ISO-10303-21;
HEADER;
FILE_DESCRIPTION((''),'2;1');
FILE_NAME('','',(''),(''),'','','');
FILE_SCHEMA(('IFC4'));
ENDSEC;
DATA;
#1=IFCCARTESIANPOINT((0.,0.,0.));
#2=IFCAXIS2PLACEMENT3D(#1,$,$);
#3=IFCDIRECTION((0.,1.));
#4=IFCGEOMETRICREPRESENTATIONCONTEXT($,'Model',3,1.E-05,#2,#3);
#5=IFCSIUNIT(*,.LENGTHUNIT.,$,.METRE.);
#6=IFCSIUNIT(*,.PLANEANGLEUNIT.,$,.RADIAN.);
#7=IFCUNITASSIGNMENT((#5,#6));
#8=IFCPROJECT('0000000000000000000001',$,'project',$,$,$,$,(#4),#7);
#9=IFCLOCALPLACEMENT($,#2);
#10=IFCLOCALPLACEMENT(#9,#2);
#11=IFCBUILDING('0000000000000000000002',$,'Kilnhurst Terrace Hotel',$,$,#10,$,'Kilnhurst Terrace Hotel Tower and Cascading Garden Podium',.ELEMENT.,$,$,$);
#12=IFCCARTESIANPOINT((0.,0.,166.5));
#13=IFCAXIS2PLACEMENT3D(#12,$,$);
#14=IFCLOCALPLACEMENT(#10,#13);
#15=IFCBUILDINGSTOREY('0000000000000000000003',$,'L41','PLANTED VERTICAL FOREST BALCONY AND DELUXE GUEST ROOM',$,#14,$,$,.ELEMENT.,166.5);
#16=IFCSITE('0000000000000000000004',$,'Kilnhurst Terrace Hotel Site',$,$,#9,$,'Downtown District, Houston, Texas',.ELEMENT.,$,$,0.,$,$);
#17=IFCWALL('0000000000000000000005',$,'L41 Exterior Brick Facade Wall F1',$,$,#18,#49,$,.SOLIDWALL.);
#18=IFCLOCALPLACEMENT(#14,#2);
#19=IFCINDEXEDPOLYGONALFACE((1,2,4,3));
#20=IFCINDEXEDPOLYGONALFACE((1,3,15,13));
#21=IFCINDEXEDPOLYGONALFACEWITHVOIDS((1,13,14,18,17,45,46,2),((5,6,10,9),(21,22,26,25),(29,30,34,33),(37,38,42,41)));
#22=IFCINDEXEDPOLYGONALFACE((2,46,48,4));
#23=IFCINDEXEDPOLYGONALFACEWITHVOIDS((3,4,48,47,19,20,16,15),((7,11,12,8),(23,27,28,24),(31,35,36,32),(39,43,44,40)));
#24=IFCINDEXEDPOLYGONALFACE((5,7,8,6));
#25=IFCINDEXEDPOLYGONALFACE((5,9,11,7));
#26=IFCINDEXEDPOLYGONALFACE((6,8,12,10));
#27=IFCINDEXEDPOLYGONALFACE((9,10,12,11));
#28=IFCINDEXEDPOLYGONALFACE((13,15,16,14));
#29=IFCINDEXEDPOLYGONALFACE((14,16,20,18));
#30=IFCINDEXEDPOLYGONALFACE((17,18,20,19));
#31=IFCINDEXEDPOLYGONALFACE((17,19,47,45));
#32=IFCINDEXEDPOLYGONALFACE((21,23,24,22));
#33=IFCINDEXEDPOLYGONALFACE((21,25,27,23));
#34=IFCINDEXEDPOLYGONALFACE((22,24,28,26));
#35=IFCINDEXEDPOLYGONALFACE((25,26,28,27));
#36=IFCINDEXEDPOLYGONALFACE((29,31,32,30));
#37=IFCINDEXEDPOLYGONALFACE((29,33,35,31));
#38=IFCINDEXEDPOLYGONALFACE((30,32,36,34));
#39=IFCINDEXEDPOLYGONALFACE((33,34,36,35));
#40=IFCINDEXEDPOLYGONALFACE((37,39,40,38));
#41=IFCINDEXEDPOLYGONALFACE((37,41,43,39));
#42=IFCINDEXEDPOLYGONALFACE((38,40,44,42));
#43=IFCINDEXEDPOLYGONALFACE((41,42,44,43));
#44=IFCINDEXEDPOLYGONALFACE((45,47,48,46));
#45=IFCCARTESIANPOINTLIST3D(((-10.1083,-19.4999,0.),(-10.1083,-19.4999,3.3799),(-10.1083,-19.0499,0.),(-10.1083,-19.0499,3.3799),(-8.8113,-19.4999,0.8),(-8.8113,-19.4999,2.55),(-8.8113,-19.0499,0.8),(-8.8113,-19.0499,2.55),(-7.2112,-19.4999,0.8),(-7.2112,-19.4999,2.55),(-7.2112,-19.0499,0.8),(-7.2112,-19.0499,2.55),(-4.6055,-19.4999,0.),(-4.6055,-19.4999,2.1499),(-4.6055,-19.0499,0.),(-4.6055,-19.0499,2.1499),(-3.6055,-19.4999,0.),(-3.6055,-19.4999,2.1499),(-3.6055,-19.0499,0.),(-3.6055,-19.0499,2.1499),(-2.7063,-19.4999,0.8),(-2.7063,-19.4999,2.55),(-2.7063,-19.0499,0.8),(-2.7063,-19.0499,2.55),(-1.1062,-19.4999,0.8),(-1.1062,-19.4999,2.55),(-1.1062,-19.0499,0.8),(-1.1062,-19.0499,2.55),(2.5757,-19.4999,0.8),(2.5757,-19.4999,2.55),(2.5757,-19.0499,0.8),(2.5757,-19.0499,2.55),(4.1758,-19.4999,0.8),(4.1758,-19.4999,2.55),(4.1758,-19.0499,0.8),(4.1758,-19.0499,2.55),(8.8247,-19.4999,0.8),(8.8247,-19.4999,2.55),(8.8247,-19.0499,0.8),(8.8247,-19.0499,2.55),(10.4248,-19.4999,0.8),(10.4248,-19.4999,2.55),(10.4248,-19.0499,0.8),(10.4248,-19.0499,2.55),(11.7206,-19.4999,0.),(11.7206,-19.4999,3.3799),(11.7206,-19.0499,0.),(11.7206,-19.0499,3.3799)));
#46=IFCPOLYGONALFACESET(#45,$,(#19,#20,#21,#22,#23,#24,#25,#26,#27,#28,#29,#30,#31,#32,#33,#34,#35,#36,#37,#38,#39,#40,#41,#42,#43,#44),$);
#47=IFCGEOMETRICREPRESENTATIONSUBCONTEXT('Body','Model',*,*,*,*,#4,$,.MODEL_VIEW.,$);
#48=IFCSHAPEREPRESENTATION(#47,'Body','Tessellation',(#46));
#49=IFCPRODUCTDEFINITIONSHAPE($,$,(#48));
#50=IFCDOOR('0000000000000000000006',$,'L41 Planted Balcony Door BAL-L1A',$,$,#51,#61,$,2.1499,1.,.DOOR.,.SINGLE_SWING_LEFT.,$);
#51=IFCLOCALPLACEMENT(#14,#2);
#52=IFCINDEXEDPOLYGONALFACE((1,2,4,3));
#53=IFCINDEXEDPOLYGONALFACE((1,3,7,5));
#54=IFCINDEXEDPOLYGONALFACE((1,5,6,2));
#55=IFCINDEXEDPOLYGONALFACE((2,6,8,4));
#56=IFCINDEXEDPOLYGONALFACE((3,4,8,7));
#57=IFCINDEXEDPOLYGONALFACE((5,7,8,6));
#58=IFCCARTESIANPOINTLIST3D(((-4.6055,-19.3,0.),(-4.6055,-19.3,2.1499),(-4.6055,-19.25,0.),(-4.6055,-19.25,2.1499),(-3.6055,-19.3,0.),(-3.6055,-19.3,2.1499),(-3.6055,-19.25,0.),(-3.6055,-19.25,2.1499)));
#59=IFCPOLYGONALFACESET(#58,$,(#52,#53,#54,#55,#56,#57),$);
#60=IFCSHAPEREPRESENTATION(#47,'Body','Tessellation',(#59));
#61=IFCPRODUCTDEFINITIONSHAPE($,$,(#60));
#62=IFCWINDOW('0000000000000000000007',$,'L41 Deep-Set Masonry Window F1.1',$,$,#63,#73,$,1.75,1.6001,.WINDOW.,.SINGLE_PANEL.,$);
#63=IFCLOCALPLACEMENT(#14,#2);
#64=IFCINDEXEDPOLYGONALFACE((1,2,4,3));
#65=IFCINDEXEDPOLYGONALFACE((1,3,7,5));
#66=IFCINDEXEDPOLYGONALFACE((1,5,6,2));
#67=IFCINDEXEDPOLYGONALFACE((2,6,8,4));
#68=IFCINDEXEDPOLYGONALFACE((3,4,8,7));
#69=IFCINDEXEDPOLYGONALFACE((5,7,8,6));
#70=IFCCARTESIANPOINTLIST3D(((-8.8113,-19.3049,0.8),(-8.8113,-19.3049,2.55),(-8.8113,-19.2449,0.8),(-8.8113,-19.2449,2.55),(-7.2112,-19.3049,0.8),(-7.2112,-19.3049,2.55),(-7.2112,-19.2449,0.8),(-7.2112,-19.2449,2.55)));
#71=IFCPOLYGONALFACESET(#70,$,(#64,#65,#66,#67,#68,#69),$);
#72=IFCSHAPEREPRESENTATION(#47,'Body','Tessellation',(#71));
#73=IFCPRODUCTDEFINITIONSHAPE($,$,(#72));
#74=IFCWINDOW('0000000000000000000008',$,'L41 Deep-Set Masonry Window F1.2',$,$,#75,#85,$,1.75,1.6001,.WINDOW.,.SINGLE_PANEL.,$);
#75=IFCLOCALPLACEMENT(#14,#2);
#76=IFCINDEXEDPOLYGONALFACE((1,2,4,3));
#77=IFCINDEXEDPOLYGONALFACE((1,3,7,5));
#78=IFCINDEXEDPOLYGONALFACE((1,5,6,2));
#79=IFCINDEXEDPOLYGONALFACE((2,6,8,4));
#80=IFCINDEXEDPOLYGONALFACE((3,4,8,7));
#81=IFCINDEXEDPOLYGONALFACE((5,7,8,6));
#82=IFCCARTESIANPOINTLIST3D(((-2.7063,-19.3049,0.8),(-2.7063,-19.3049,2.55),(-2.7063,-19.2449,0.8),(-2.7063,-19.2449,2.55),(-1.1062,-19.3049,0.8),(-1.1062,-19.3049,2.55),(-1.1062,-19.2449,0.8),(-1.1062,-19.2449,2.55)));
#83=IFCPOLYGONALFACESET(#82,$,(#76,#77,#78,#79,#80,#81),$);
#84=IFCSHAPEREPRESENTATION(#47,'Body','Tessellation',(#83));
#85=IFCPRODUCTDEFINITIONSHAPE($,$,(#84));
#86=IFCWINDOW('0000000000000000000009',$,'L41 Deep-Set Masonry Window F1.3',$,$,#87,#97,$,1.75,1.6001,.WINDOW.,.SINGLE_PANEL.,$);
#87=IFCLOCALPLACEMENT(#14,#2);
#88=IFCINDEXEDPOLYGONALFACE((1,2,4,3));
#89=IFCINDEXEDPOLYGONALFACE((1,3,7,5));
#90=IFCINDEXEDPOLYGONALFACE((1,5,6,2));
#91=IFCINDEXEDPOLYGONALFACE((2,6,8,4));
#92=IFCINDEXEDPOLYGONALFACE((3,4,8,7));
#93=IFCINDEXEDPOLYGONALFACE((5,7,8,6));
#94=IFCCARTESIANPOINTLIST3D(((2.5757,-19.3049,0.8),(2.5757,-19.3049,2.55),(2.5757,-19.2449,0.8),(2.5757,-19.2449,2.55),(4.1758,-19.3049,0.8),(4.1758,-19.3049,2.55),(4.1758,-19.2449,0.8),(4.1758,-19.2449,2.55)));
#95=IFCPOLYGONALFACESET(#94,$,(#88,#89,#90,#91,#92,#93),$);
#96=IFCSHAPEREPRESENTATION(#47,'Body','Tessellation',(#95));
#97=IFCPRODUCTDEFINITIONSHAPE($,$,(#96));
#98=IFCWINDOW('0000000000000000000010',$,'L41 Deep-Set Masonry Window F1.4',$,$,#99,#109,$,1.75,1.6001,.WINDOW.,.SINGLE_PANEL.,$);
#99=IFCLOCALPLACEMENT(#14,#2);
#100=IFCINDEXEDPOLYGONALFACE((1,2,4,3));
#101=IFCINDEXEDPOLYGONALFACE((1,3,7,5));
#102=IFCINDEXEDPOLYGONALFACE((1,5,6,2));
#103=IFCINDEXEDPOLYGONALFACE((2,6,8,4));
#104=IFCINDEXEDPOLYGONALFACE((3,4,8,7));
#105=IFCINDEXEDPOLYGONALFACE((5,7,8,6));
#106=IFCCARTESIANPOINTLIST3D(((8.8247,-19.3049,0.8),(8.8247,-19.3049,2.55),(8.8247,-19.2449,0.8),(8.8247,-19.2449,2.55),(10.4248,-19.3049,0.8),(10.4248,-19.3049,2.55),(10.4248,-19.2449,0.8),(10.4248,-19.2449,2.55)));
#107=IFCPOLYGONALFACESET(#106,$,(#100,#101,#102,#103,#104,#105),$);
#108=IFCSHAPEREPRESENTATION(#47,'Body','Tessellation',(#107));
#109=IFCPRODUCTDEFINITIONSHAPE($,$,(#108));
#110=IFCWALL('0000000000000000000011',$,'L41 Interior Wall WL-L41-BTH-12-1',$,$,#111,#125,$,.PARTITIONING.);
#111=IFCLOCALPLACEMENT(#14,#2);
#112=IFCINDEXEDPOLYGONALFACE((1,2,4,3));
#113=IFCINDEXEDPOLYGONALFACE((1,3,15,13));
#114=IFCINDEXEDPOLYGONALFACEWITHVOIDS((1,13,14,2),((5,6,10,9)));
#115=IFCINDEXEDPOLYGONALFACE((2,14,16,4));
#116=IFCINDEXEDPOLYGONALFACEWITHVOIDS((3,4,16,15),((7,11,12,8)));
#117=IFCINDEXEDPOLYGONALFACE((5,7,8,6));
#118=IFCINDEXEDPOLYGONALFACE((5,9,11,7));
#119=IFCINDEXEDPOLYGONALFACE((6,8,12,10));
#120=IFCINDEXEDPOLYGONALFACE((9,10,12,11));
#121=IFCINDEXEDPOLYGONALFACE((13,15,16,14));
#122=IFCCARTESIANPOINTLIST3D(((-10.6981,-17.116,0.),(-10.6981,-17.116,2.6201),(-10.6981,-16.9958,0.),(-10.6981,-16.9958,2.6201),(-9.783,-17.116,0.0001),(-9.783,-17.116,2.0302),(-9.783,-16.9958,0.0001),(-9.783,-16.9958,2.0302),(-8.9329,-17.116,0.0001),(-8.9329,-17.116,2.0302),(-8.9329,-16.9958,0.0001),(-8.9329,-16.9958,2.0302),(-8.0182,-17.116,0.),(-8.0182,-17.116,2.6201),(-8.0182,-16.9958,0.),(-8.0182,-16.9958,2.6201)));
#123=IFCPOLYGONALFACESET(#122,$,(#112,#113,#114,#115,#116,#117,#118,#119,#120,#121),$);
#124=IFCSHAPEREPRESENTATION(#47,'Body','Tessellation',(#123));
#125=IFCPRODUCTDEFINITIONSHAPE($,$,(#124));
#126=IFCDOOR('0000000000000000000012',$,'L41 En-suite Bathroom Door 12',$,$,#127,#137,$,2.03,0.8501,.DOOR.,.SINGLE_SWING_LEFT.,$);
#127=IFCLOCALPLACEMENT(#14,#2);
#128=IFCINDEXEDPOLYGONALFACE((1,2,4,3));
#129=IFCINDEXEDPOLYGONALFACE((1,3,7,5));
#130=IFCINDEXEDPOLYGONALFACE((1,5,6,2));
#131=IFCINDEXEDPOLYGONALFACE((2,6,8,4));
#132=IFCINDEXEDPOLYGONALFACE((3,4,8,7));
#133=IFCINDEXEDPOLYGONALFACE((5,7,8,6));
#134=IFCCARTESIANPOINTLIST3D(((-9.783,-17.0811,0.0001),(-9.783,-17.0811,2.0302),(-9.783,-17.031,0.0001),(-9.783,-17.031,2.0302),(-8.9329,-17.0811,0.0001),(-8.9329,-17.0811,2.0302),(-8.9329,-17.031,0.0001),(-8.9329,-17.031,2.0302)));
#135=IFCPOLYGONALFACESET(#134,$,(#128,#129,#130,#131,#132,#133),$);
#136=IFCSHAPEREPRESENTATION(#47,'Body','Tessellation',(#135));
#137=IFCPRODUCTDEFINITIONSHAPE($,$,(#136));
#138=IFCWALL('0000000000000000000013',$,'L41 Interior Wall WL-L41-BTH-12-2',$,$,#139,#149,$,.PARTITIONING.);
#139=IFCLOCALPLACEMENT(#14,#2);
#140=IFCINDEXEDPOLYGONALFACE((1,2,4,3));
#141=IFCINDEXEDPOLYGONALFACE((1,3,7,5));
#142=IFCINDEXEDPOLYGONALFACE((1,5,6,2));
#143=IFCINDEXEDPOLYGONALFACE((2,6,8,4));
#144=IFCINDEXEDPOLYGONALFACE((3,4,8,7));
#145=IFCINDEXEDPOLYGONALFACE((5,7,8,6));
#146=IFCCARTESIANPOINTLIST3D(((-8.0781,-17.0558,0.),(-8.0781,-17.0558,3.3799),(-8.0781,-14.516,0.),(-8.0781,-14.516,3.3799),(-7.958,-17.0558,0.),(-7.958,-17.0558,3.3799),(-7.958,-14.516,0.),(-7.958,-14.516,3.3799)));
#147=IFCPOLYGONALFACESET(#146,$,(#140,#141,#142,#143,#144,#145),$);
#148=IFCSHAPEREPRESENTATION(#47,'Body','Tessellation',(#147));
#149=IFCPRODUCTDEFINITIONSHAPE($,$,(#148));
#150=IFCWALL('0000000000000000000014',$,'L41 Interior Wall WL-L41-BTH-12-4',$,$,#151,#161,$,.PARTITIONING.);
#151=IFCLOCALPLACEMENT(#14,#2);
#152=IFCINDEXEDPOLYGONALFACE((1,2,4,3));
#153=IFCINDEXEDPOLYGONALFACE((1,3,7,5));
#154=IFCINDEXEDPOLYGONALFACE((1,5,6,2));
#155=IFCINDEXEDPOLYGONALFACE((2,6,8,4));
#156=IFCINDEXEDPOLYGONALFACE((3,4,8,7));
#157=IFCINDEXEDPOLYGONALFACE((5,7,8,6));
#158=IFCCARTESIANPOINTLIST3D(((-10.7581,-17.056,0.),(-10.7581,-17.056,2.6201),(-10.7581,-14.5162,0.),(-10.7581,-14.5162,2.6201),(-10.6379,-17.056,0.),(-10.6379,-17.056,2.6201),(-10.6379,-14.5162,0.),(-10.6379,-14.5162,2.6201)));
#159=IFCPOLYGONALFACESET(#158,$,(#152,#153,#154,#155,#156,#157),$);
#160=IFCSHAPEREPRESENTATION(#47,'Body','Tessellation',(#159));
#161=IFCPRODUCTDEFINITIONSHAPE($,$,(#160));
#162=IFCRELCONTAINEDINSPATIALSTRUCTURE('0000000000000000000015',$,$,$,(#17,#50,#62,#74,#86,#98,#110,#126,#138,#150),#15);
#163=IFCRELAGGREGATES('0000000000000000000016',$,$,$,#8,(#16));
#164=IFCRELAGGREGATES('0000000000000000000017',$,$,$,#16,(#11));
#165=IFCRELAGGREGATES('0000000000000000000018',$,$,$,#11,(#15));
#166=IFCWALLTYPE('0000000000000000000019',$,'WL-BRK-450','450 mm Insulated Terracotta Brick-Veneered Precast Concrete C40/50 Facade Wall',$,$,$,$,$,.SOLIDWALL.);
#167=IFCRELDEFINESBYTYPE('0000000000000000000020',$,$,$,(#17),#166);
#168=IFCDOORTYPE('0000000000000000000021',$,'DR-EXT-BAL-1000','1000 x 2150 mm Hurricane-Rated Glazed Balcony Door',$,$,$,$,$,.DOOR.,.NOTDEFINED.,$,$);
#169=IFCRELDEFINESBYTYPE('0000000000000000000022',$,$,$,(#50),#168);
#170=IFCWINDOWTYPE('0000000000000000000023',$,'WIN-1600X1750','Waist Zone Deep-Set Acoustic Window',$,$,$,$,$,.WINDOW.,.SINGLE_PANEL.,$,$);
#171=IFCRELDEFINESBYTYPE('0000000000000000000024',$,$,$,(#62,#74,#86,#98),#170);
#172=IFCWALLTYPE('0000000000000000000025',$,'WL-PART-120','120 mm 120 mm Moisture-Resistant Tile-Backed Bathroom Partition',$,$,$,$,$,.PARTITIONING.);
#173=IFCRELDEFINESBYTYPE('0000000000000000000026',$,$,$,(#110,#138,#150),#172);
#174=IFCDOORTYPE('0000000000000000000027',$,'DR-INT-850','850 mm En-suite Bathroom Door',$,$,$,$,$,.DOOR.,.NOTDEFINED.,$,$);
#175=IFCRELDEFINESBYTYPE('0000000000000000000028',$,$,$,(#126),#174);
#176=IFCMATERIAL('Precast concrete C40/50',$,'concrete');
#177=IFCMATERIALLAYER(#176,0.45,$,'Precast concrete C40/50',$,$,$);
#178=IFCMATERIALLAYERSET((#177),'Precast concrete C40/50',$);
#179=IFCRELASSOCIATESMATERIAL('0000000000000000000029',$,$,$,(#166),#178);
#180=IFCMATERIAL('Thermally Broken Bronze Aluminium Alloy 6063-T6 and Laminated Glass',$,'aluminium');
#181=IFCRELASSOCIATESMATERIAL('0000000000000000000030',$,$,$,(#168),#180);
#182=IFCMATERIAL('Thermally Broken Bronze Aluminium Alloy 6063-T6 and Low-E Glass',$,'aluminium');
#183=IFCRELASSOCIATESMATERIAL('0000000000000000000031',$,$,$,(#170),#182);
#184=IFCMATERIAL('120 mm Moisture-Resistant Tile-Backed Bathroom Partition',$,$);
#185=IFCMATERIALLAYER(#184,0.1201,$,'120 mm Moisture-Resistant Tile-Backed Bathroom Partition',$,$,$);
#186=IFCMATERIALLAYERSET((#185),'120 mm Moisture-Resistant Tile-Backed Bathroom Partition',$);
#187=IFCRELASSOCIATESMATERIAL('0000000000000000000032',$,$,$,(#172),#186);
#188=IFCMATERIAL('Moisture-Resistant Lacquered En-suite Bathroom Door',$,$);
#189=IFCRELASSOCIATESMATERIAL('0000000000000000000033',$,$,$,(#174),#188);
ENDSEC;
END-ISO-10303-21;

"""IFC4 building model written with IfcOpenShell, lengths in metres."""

from ifc_helpers import new_model, si_unit, direction, frame, frame_2d, origin, place, context, subcontext, project, spatial, rectangle, extrude, material, layer, layer_set, type_object, element, fill, save


model = new_model("IFC4")

# Units and contexts
model_context = context("Model", 3, precision=1e-05, world=origin(), true_north=direction((0.0, 1.0)))
body_context = subcontext(model_context, "Body", "Model", "MODEL_VIEW")
ifc_project = project(units=[si_unit("LENGTHUNIT", "METRE"), si_unit("PLANEANGLEUNIT", "RADIAN")], contexts=[model_context])

# Site, building, storey
site_placement = place(None, origin())
site = spatial("IfcSite", under=ifc_project, at=site_placement, Name="Kilnhurst Terrace Hotel Site", LongName="Downtown District, Houston, Texas", CompositionType="ELEMENT", RefElevation=0.0)
building_placement = place(site_placement, origin())
building = spatial("IfcBuilding", under=site, at=building_placement, Name="Kilnhurst Terrace Hotel", LongName="Kilnhurst Terrace Hotel Tower and Cascading Garden Podium", CompositionType="ELEMENT")
storey_placement = place(building_placement, frame((0.0, 0.0, 166.5)))
storey = spatial("IfcBuildingStorey", under=building, at=storey_placement, Name="L41", Description="PLANTED VERTICAL FOREST BALCONY AND DELUXE GUEST ROOM", CompositionType="ELEMENT", Elevation=166.5)

# Shared definitions
ifc_material_1 = material(Name="Precast concrete C40/50", Category="concrete")
ifc_layer_1 = layer(ifc_material_1, 0.45, Name="Precast concrete C40/50")
ifc_layer_set_1 = layer_set([ifc_layer_1], Name="Precast concrete C40/50")
wall_type_1 = type_object("IfcWallType", Name="WL-BRK-450", Description="450 mm Insulated Terracotta Brick-Veneered Precast Concrete C40/50 Facade Wall", PredefinedType="SOLIDWALL", material=ifc_layer_set_1)

# Wall, openings, door, windows
wall_1_placement = place(storey_placement, frame((-10.1084, -19.2749, 0.0), z_axis=(0.0, 0.0, 1.0), x_axis=(1.0, 0.0, 0.0)))
wall_1 = element("IfcWall", 1, at=wall_1_placement, inside=storey, type_object=wall_type_1, Name="L41 Exterior Brick Facade Wall F1", PredefinedType="SOLIDWALL", context=body_context, shape_type="SweptSolid", body=[
    extrude(rectangle(XDim=21.8289, YDim=0.45, at=frame_2d((10.9146, 0.0))), origin(), (0.0, 0.0, 1.0), 3.3799),
])
opening_1_placement = place(wall_1_placement, frame((5.5029, 0.0, 0.0)))
opening_1 = element("IfcOpeningElement", 2, at=opening_1_placement, cuts=wall_1, PredefinedType="OPENING", context=body_context, shape_type="SweptSolid", body=[
    extrude(rectangle(XDim=1.0, YDim=2.1499, at=frame_2d((0.5, 1.075))), frame((0.0, 0.2349, 0.0), z_axis=(0.0, -1.0, 0.0), x_axis=(1.0, 0.0, 0.0)), (0.0, 0.0, 1.0), 0.47),
])
opening_2_placement = place(wall_1_placement, frame((1.2971, 0.0, 0.8)))
opening_2 = element("IfcOpeningElement", 3, at=opening_2_placement, cuts=wall_1, PredefinedType="OPENING", context=body_context, shape_type="SweptSolid", body=[
    extrude(rectangle(XDim=1.6001, YDim=1.75, at=frame_2d((0.8, 0.875))), frame((0.0, 0.2349, 0.0), z_axis=(0.0, -1.0, 0.0), x_axis=(1.0, 0.0, 0.0)), (0.0, 0.0, 1.0), 0.47),
])
opening_3_placement = place(wall_1_placement, frame((7.4021, 0.0, 0.8)))
opening_3 = element("IfcOpeningElement", 4, at=opening_3_placement, cuts=wall_1, PredefinedType="OPENING", context=body_context, shape_type="SweptSolid", body=[
    extrude(rectangle(XDim=1.6001, YDim=1.75, at=frame_2d((0.8, 0.875))), frame((0.0, 0.2349, 0.0), z_axis=(0.0, -1.0, 0.0), x_axis=(1.0, 0.0, 0.0)), (0.0, 0.0, 1.0), 0.47),
])
opening_4_placement = place(wall_1_placement, frame((12.6841, 0.0, 0.8)))
opening_4 = element("IfcOpeningElement", 5, at=opening_4_placement, cuts=wall_1, PredefinedType="OPENING", context=body_context, shape_type="SweptSolid", body=[
    extrude(rectangle(XDim=1.6001, YDim=1.75, at=frame_2d((0.8, 0.875))), frame((0.0, 0.2349, 0.0), z_axis=(0.0, -1.0, 0.0), x_axis=(1.0, 0.0, 0.0)), (0.0, 0.0, 1.0), 0.47),
])
opening_5_placement = place(wall_1_placement, frame((18.9331, 0.0, 0.8)))
opening_5 = element("IfcOpeningElement", 6, at=opening_5_placement, cuts=wall_1, PredefinedType="OPENING", context=body_context, shape_type="SweptSolid", body=[
    extrude(rectangle(XDim=1.6001, YDim=1.75, at=frame_2d((0.8, 0.875))), frame((0.0, 0.2349, 0.0), z_axis=(0.0, -1.0, 0.0), x_axis=(1.0, 0.0, 0.0)), (0.0, 0.0, 1.0), 0.47),
])
ifc_material_2 = material(Name="Thermally Broken Bronze Aluminium Alloy 6063-T6 and Laminated Glass", Category="aluminium")
door_type_1 = type_object("IfcDoorType", Name="DR-EXT-BAL-1000", Description="1000 x 2150 mm Hurricane-Rated Glazed Balcony Door", OperationType="NOTDEFINED", PredefinedType="DOOR", material=ifc_material_2)
door_1_placement = place(opening_1_placement, origin())
door_1 = element("IfcDoor", 7, at=door_1_placement, inside=storey, type_object=door_type_1, Name="L41 Planted Balcony Door BAL-L1A", OperationType="SINGLE_SWING_LEFT", OverallHeight=2.1499, OverallWidth=1.0, PredefinedType="DOOR", context=body_context, shape_type="SweptSolid", body=[
    extrude(rectangle(XDim=1.0, YDim=2.1499, at=frame_2d((0.5, 1.075))), frame((0.0, 0.0249, 0.0), z_axis=(0.0, -1.0, 0.0), x_axis=(1.0, 0.0, 0.0)), (0.0, 0.0, 1.0), 0.05),
])
fill(opening_1, door_1)
ifc_material_3 = material(Name="Thermally Broken Bronze Aluminium Alloy 6063-T6 and Low-E Glass", Category="aluminium")
window_type = type_object("IfcWindowType", Name="WIN-1600X1750", Description="Waist Zone Deep-Set Acoustic Window", PartitioningType="SINGLE_PANEL", PredefinedType="WINDOW", material=ifc_material_3)
window_1_placement = place(opening_2_placement, origin())
window_1 = element("IfcWindow", 8, at=window_1_placement, inside=storey, type_object=window_type, Name="L41 Deep-Set Masonry Window F1.1", OverallHeight=1.75, OverallWidth=1.6001, PartitioningType="SINGLE_PANEL", PredefinedType="WINDOW", context=body_context, shape_type="SweptSolid", body=[
    extrude(rectangle(XDim=1.6001, YDim=1.75, at=frame_2d((0.8, 0.875))), frame((0.0, 0.03, 0.0), z_axis=(0.0, -1.0, 0.0), x_axis=(1.0, 0.0, 0.0)), (0.0, 0.0, 1.0), 0.0601),
])
fill(opening_2, window_1)
window_2_placement = place(opening_3_placement, origin())
window_2 = element("IfcWindow", 9, at=window_2_placement, inside=storey, type_object=window_type, Name="L41 Deep-Set Masonry Window F1.2", OverallHeight=1.75, OverallWidth=1.6001, PartitioningType="SINGLE_PANEL", PredefinedType="WINDOW", context=body_context, shape_type="SweptSolid", body=[
    extrude(rectangle(XDim=1.6001, YDim=1.75, at=frame_2d((0.8, 0.875))), frame((0.0, 0.03, 0.0), z_axis=(0.0, -1.0, 0.0), x_axis=(1.0, 0.0, 0.0)), (0.0, 0.0, 1.0), 0.0601),
])
fill(opening_3, window_2)
window_3_placement = place(opening_4_placement, origin())
window_3 = element("IfcWindow", 10, at=window_3_placement, inside=storey, type_object=window_type, Name="L41 Deep-Set Masonry Window F1.3", OverallHeight=1.75, OverallWidth=1.6001, PartitioningType="SINGLE_PANEL", PredefinedType="WINDOW", context=body_context, shape_type="SweptSolid", body=[
    extrude(rectangle(XDim=1.6001, YDim=1.75, at=frame_2d((0.8, 0.875))), frame((0.0, 0.03, 0.0), z_axis=(0.0, -1.0, 0.0), x_axis=(1.0, 0.0, 0.0)), (0.0, 0.0, 1.0), 0.0601),
])
fill(opening_4, window_3)
window_4_placement = place(opening_5_placement, origin())
window_4 = element("IfcWindow", 11, at=window_4_placement, inside=storey, type_object=window_type, Name="L41 Deep-Set Masonry Window F1.4", OverallHeight=1.75, OverallWidth=1.6001, PartitioningType="SINGLE_PANEL", PredefinedType="WINDOW", context=body_context, shape_type="SweptSolid", body=[
    extrude(rectangle(XDim=1.6001, YDim=1.75, at=frame_2d((0.8, 0.875))), frame((0.0, 0.03, 0.0), z_axis=(0.0, -1.0, 0.0), x_axis=(1.0, 0.0, 0.0)), (0.0, 0.0, 1.0), 0.0601),
])
fill(opening_5, window_4)

# Wall, opening, door
ifc_material_4 = material(Name="120 mm Moisture-Resistant Tile-Backed Bathroom Partition")
ifc_layer_2 = layer(ifc_material_4, 0.1201, Name="120 mm Moisture-Resistant Tile-Backed Bathroom Partition")
ifc_layer_set_2 = layer_set([ifc_layer_2], Name="120 mm Moisture-Resistant Tile-Backed Bathroom Partition")
wall_type_2 = type_object("IfcWallType", Name="WL-PART-120", Description="120 mm 120 mm Moisture-Resistant Tile-Backed Bathroom Partition", PredefinedType="PARTITIONING", material=ifc_layer_set_2)
wall_2_placement = place(storey_placement, frame((-10.698, -17.0559, 0.0), z_axis=(0.0, 0.0, 1.0), x_axis=(1.0, 0.0, 0.0)))
wall_2 = element("IfcWall", 12, at=wall_2_placement, inside=storey, type_object=wall_type_2, Name="L41 Interior Wall WL-L41-BTH-12-1", PredefinedType="PARTITIONING", context=body_context, shape_type="SweptSolid", body=[
    extrude(rectangle(XDim=2.6799, YDim=0.1201, at=frame_2d((1.3398, 0.0))), origin(), (0.0, 0.0, 1.0), 2.6201),
])
opening_6_placement = place(wall_2_placement, frame((0.915, 0.0, 0.0)))
opening_6 = element("IfcOpeningElement", 13, at=opening_6_placement, cuts=wall_2, PredefinedType="OPENING", context=body_context, shape_type="SweptSolid", body=[
    extrude(rectangle(XDim=0.8501, YDim=2.03, at=frame_2d((0.425, 1.0151))), frame((0.0, 0.0701, 0.0), z_axis=(0.0, -1.0, 0.0), x_axis=(1.0, 0.0, 0.0)), (0.0, 0.0, 1.0), 0.1401),
])
ifc_material_5 = material(Name="Moisture-Resistant Lacquered En-suite Bathroom Door")
door_type_2 = type_object("IfcDoorType", Name="DR-INT-850", Description="850 mm En-suite Bathroom Door", OperationType="NOTDEFINED", PredefinedType="DOOR", material=ifc_material_5)
door_2_placement = place(opening_6_placement, origin())
door_2 = element("IfcDoor", 14, at=door_2_placement, inside=storey, type_object=door_type_2, Name="L41 En-suite Bathroom Door 12", OperationType="SINGLE_SWING_LEFT", OverallHeight=2.03, OverallWidth=0.8501, PredefinedType="DOOR", context=body_context, shape_type="SweptSolid", body=[
    extrude(rectangle(XDim=0.8501, YDim=2.03, at=frame_2d((0.425, 1.0151))), frame((0.0, 0.0249, 0.0), z_axis=(0.0, -1.0, 0.0), x_axis=(1.0, 0.0, 0.0)), (0.0, 0.0, 1.0), 0.05),
])
fill(opening_6, door_2)

# Walls
wall_3_placement = place(storey_placement, frame((-8.0181, -17.0559, 0.0), z_axis=(0.0, 0.0, 1.0), x_axis=(0.0, 1.0, 0.0)))
element("IfcWall", 15, at=wall_3_placement, inside=storey, type_object=wall_type_2, Name="L41 Interior Wall WL-L41-BTH-12-2", PredefinedType="PARTITIONING", context=body_context, shape_type="SweptSolid", body=[
    extrude(rectangle(XDim=2.5398, YDim=0.1201, at=frame_2d((1.27, 0.0))), origin(), (0.0, 0.0, 1.0), 3.3799),
])
wall_4_placement = place(storey_placement, frame((-10.698, -14.5161, 0.0), z_axis=(0.0, 0.0, 1.0), x_axis=(0.0, -1.0, 0.0)))
element("IfcWall", 16, at=wall_4_placement, inside=storey, type_object=wall_type_2, Name="L41 Interior Wall WL-L41-BTH-12-4", PredefinedType="PARTITIONING", context=body_context, shape_type="SweptSolid", body=[
    extrude(rectangle(XDim=2.5398, YDim=0.1201, at=frame_2d((1.27, 0.0))), origin(), (0.0, 0.0, 1.0), 2.6201),
])

save(model, "model.ifc")
